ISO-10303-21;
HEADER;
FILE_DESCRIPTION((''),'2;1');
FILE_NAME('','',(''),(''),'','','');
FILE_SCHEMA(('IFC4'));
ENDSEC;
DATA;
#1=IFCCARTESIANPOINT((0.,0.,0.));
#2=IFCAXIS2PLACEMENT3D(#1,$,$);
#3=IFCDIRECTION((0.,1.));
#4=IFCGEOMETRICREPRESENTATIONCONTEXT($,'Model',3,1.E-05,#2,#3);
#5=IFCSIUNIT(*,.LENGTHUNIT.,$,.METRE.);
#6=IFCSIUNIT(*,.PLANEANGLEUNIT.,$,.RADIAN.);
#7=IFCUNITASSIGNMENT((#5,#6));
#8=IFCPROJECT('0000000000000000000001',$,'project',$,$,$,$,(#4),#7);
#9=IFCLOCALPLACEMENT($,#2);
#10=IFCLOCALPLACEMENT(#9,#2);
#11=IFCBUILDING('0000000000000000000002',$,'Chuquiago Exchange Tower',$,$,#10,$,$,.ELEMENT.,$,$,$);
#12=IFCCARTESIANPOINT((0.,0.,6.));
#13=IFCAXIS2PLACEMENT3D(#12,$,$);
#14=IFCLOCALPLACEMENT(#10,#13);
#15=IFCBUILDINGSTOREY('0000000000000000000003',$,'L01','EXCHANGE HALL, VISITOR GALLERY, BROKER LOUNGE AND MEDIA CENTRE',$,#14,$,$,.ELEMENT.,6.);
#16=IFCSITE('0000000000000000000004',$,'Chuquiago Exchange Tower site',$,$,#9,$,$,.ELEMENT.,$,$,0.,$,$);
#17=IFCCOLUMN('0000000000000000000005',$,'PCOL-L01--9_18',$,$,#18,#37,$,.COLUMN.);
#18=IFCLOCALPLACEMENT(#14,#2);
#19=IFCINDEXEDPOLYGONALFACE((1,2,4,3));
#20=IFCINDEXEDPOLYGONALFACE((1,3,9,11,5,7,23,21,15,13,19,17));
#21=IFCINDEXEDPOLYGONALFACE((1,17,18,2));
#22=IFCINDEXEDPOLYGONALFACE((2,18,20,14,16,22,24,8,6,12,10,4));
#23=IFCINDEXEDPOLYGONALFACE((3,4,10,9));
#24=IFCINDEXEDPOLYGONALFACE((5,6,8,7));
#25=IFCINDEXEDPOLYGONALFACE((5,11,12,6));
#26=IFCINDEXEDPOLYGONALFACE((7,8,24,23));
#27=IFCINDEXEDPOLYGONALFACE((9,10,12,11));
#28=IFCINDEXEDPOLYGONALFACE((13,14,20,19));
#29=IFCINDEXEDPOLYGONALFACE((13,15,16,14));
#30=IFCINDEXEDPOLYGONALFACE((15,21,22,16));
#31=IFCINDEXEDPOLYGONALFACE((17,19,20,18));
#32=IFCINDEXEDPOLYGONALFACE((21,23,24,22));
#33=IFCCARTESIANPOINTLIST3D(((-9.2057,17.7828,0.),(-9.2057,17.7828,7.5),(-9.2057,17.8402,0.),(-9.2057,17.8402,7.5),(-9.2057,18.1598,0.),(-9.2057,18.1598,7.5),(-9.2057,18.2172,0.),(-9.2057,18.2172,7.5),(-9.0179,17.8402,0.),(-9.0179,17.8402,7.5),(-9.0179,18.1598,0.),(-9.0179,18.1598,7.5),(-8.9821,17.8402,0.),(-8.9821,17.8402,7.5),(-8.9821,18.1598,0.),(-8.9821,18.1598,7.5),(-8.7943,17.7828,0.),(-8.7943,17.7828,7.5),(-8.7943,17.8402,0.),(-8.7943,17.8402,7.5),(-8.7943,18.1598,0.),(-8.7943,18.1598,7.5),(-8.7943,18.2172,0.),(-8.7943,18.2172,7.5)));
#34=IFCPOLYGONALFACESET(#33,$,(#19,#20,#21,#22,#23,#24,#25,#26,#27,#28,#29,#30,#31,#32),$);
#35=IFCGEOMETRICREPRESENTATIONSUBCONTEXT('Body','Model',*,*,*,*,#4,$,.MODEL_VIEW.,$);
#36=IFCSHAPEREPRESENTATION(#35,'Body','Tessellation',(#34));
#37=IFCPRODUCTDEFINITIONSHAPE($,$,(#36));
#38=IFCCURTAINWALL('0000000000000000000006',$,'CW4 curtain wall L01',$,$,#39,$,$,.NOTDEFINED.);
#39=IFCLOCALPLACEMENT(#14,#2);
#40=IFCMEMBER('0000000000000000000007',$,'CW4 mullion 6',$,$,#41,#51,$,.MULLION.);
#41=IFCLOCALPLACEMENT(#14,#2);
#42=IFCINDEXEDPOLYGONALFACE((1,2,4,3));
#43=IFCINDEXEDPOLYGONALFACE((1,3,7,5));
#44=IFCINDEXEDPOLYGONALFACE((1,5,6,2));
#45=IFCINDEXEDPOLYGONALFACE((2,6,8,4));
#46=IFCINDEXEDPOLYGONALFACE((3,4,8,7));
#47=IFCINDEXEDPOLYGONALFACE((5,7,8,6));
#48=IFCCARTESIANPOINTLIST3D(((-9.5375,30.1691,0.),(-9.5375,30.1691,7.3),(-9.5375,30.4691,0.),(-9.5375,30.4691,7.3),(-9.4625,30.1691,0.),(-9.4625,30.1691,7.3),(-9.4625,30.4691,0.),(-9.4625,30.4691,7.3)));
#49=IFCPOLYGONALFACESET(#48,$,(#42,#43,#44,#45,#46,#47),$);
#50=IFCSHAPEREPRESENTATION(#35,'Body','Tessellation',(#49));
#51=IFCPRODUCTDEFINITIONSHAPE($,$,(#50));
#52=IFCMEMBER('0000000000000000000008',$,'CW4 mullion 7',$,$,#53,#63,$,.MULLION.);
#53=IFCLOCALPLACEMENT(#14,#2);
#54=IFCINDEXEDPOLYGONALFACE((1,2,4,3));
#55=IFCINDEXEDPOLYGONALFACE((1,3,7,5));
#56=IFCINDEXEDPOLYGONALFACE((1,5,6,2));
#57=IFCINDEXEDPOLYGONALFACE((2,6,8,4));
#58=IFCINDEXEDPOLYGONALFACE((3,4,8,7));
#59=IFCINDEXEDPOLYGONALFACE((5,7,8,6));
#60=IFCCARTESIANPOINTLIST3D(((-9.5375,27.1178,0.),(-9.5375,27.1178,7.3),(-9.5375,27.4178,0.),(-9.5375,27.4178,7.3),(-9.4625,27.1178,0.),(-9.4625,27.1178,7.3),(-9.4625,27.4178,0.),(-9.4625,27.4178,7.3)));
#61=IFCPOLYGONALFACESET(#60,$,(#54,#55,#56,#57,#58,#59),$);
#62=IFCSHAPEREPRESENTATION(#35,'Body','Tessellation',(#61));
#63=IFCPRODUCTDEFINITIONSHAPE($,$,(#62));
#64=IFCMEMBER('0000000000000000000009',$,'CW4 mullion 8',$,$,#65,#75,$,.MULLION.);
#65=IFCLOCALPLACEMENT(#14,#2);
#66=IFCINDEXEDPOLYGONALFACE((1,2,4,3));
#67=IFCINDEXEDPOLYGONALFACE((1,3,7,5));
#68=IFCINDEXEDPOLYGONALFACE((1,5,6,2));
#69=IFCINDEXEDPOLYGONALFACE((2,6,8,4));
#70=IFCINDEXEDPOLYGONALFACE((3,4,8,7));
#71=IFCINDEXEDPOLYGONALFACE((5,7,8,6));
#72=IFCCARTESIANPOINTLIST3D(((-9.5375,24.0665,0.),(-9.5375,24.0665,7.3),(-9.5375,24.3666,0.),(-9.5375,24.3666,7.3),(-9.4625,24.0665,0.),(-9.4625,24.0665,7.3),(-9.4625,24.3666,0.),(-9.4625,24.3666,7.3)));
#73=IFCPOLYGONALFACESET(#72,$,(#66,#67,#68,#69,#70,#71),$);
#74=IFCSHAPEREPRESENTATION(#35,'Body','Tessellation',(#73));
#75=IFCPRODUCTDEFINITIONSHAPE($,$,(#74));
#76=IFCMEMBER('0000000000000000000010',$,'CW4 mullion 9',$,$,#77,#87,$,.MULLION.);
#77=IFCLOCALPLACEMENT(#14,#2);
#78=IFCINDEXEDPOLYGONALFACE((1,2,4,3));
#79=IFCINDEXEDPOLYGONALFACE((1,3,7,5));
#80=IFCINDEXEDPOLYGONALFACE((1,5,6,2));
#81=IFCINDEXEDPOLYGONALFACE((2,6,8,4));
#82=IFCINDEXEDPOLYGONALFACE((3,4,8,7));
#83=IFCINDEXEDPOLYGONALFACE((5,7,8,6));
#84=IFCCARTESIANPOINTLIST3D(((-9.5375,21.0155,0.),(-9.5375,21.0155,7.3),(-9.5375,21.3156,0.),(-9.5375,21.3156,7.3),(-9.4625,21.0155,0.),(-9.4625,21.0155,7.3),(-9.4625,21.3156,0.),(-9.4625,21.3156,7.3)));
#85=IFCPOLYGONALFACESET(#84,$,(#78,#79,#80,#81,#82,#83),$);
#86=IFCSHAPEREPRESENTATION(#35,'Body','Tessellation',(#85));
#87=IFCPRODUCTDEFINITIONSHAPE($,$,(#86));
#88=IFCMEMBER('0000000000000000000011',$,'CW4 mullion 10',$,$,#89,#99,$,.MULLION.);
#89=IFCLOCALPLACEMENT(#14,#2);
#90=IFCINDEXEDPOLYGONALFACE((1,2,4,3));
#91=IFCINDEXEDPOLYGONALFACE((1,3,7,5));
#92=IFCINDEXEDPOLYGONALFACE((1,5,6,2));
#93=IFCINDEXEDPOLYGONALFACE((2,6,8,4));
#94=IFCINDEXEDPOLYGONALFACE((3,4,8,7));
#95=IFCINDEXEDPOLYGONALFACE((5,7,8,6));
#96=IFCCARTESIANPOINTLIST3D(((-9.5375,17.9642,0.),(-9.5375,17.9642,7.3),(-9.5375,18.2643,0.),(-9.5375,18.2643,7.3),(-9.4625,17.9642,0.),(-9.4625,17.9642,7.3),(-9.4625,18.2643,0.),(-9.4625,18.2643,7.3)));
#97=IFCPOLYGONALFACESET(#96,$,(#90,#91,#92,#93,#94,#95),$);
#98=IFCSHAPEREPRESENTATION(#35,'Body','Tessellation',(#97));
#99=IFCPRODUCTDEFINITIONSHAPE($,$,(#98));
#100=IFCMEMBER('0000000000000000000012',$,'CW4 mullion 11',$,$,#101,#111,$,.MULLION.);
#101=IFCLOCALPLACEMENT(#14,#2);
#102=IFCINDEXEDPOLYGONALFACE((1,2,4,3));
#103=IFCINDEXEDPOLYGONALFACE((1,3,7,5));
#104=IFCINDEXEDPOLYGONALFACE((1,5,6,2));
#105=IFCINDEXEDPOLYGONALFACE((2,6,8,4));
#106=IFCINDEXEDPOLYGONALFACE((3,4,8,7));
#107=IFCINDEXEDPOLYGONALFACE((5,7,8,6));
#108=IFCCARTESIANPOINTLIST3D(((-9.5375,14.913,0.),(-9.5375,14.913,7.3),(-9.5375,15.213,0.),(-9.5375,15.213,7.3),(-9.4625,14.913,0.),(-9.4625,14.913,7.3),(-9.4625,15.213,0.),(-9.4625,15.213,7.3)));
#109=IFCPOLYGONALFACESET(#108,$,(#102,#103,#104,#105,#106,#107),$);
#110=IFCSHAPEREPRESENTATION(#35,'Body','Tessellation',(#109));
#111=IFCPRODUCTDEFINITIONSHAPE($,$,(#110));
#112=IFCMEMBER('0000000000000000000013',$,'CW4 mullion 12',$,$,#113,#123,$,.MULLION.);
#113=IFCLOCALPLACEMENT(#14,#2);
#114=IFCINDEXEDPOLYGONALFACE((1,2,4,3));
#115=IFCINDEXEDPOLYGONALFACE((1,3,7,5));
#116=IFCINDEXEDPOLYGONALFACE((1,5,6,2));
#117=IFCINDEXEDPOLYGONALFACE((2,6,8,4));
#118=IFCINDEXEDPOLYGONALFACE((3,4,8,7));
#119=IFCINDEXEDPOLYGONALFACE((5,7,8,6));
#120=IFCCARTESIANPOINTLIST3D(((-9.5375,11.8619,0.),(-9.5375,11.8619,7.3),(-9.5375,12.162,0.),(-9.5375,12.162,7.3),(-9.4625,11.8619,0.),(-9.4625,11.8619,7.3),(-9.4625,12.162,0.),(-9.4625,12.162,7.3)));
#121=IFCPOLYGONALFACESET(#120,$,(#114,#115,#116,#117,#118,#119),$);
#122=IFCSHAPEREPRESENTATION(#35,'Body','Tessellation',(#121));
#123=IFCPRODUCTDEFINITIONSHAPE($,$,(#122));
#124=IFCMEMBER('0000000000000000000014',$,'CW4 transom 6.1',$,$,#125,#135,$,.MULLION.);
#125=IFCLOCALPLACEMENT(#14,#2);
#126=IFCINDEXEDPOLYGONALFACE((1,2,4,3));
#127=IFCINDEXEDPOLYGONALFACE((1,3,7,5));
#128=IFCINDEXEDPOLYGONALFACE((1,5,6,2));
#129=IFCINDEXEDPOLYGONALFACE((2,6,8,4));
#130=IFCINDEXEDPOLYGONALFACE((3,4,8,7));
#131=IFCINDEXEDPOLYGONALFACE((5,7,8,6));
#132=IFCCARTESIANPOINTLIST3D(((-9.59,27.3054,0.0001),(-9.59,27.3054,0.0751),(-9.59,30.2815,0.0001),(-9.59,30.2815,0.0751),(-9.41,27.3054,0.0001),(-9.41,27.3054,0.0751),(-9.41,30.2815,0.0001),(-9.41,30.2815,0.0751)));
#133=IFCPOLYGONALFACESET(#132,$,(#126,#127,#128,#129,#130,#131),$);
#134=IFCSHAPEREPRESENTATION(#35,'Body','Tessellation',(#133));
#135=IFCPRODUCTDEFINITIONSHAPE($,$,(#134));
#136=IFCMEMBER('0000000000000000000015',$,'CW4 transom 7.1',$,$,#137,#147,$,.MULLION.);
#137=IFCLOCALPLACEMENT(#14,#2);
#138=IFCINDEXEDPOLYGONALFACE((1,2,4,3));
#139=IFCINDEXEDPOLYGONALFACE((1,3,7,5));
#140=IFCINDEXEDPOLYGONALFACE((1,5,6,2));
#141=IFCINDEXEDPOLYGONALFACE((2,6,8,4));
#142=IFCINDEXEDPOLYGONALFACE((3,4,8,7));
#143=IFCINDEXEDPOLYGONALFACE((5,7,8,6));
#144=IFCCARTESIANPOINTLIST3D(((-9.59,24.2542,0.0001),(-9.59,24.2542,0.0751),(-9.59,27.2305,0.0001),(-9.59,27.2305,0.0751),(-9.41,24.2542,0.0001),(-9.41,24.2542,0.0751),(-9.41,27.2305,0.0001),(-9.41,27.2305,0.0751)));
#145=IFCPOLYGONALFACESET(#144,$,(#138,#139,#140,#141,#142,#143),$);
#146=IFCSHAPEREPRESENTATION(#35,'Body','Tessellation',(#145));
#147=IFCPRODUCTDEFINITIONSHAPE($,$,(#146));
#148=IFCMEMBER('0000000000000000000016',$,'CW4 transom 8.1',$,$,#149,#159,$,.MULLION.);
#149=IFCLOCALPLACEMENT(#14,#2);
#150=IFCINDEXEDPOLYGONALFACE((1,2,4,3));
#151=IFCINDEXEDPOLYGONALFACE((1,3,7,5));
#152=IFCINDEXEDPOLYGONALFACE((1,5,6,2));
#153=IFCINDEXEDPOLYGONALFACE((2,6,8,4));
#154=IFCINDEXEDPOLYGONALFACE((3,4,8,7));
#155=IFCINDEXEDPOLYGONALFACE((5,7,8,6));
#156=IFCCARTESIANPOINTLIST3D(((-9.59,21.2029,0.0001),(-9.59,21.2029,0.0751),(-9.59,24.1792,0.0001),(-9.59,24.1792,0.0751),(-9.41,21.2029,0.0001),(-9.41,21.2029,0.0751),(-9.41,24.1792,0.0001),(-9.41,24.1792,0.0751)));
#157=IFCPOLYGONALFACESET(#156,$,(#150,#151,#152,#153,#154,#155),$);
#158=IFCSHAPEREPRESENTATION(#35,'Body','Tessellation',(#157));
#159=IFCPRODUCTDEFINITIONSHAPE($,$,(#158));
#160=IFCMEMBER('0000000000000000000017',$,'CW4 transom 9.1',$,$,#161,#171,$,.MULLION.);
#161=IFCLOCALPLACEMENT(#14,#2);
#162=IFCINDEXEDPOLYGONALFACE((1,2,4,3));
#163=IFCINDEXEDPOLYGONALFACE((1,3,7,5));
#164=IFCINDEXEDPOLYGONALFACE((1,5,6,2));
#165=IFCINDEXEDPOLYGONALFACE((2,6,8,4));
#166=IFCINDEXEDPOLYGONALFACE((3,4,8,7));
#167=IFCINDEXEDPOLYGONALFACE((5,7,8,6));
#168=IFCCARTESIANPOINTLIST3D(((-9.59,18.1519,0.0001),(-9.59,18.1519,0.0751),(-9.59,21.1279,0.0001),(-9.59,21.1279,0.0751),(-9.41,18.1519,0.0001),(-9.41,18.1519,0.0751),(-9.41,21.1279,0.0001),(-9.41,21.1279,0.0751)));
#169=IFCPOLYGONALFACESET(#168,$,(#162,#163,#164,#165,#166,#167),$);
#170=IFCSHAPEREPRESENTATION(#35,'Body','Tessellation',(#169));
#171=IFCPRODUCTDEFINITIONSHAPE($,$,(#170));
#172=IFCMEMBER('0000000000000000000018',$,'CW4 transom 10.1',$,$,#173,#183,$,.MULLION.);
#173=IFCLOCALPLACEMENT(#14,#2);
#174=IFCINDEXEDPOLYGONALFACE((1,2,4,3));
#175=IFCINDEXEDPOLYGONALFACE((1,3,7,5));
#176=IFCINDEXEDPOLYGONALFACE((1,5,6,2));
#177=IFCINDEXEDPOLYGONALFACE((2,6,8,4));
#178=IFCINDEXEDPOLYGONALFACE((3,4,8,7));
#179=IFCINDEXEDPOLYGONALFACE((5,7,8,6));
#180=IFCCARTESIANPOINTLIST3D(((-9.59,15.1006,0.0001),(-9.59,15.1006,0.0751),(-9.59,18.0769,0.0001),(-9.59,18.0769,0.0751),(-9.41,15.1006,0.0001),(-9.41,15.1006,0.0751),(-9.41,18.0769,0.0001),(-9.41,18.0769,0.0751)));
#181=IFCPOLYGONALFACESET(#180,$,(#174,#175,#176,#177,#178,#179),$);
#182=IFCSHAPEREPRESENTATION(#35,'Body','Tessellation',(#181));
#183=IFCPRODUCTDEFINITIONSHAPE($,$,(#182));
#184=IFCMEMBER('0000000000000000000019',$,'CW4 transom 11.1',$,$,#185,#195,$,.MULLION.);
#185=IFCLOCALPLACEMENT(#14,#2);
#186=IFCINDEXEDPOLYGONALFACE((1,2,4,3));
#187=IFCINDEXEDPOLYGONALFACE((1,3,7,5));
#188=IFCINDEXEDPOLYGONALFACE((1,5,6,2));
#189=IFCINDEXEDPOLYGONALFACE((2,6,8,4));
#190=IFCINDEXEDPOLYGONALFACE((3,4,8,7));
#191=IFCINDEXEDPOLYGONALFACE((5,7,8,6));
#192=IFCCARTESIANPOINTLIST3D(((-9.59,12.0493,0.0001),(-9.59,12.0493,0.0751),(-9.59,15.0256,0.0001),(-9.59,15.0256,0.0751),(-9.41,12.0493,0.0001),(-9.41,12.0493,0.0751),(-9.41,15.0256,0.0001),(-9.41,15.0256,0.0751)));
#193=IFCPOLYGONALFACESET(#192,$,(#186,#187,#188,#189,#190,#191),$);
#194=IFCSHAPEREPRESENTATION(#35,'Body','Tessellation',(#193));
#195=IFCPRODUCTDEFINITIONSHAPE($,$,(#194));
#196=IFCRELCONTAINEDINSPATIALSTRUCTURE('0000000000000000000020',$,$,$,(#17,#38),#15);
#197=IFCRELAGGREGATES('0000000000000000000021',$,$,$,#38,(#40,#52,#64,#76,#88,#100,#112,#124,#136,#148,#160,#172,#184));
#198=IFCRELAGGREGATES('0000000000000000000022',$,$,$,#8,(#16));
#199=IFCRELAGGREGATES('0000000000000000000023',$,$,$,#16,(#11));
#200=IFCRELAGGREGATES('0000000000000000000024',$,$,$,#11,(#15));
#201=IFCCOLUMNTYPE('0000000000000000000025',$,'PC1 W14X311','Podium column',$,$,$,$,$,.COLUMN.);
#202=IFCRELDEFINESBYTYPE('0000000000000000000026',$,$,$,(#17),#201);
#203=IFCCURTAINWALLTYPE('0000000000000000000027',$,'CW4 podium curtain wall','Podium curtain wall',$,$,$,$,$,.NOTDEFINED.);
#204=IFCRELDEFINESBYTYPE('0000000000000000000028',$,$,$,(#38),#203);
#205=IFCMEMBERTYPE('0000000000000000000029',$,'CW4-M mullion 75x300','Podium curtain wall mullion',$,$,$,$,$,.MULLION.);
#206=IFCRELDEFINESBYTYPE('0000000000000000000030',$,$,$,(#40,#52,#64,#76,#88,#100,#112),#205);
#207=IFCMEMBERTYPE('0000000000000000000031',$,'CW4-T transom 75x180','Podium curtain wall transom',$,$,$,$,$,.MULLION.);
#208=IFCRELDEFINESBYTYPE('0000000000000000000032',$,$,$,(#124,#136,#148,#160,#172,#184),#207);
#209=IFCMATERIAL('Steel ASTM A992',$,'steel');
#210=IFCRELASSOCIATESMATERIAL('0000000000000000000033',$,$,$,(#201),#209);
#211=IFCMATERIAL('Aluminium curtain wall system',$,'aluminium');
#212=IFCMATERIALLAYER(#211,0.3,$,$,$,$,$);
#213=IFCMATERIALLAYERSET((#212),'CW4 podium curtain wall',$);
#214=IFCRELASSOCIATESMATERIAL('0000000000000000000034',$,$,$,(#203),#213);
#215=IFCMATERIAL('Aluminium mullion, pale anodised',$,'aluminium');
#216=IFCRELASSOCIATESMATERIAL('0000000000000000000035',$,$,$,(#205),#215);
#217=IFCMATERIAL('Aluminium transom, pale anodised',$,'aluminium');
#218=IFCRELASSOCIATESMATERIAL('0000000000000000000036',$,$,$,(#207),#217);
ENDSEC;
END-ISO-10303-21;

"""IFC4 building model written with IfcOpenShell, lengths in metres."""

from ifc_helpers import new_model, si_unit, direction, frame, origin, origin_2d, place, context, subcontext, project, spatial, rectangle, i_section, extrude, material, layer, layer_set, material_profile, profile_set, type_object, element, aggregate, save


model = new_model("IFC4")

# Units and contexts
model_context = context("Model", 3, precision=1e-05, world=origin(), true_north=direction((0.0, 1.0)))
body_context = subcontext(model_context, "Body", "Model", "MODEL_VIEW")
ifc_project = project(units=[si_unit("LENGTHUNIT", "METRE"), si_unit("PLANEANGLEUNIT", "RADIAN")], contexts=[model_context])

# Site, building, storey
site_placement = place(None, origin())
site = spatial("IfcSite", under=ifc_project, at=site_placement, Name="Chuquiago Exchange Tower site", CompositionType="ELEMENT", RefElevation=0.0)
building_placement = place(site_placement, origin())
building = spatial("IfcBuilding", under=site, at=building_placement, Name="Chuquiago Exchange Tower", CompositionType="ELEMENT")
storey_placement = place(building_placement, frame((0.0, 0.0, 6.0)))
storey = spatial("IfcBuildingStorey", under=building, at=storey_placement, Name="L01", Description="EXCHANGE HALL, VISITOR GALLERY, BROKER LOUNGE AND MEDIA CENTRE", CompositionType="ELEMENT", Elevation=6.0)

# Column
ifc_material_1 = material(Name="Steel ASTM A992", Category="steel")
ifc_material_profile_1 = material_profile(ifc_material_1, i_section(OverallWidth=0.4114, OverallDepth=0.4343, WebThickness=0.0359, FlangeThickness=0.0574, at=origin_2d()), Name="W14X311")
ifc_profile_set_1 = profile_set([ifc_material_profile_1], Name="Steel ASTM A992")
column_type = type_object("IfcColumnType", Name="PC1 W14X311", Description="Podium column", PredefinedType="COLUMN", material=ifc_profile_set_1)
column_placement = place(storey_placement, frame((-9.0, 18.0, 0.0), z_axis=(0.0, 0.0, 1.0), x_axis=(1.0, 0.0, 0.0)))
element("IfcColumn", 1, at=column_placement, inside=storey, type_object=column_type, Name="PCOL-L01--9_18", PredefinedType="COLUMN", context=body_context, shape_type="SweptSolid", body=[
    extrude(i_section(OverallWidth=0.4114, OverallDepth=0.4343, WebThickness=0.0359, FlangeThickness=0.0574, at=origin_2d()), origin(), (0.0, 0.0, 1.0), 7.5),
])

# Curtain wall, members
ifc_material_2 = material(Name="Aluminium curtain wall system", Category="aluminium")
ifc_layer_1 = layer(ifc_material_2, 0.3)
ifc_layer_set_1 = layer_set([ifc_layer_1], Name="CW4 podium curtain wall")
curtain_wall_type = type_object("IfcCurtainWallType", Name="CW4 podium curtain wall", Description="Podium curtain wall", PredefinedType="NOTDEFINED", material=ifc_layer_set_1)
curtain_wall_placement = place(storey_placement, origin())
curtain_wall = element("IfcCurtainWall", 2, at=curtain_wall_placement, inside=storey, type_object=curtain_wall_type, Name="CW4 curtain wall L01", PredefinedType="NOTDEFINED")
ifc_material_3 = material(Name="Aluminium mullion, pale anodised", Category="aluminium")
ifc_material_profile_2 = material_profile(ifc_material_3, rectangle(XDim=0.075, YDim=0.3, at=origin_2d()), Name="AL 75x300")
ifc_profile_set_2 = profile_set([ifc_material_profile_2], Name="Aluminium mullion, pale anodised")
member_type_1 = type_object("IfcMemberType", Name="CW4-M mullion 75x300", Description="Podium curtain wall mullion", PredefinedType="MULLION", material=ifc_profile_set_2)
member_1_placement = place(storey_placement, frame((-9.5, 30.3191, 0.0), z_axis=(0.0, 0.0, 1.0), x_axis=(1.0, 0.0, 0.0)))
member_1 = element("IfcMember", 3, at=member_1_placement, type_object=member_type_1, Name="CW4 mullion 6", PredefinedType="MULLION", context=body_context, shape_type="SweptSolid", body=[
    extrude(rectangle(XDim=0.075, YDim=0.3, at=origin_2d()), origin(), (0.0, 0.0, 1.0), 7.3),
])
member_2_placement = place(storey_placement, frame((-9.5, 27.2678, 0.0), z_axis=(0.0, 0.0, 1.0), x_axis=(1.0, 0.0, 0.0)))
member_2 = element("IfcMember", 4, at=member_2_placement, type_object=member_type_1, Name="CW4 mullion 7", PredefinedType="MULLION", context=body_context, shape_type="SweptSolid", body=[
    extrude(rectangle(XDim=0.075, YDim=0.3, at=origin_2d()), origin(), (0.0, 0.0, 1.0), 7.3),
])
member_3_placement = place(storey_placement, frame((-9.5, 24.2166, 0.0), z_axis=(0.0, 0.0, 1.0), x_axis=(1.0, 0.0, 0.0)))
member_3 = element("IfcMember", 5, at=member_3_placement, type_object=member_type_1, Name="CW4 mullion 8", PredefinedType="MULLION", context=body_context, shape_type="SweptSolid", body=[
    extrude(rectangle(XDim=0.075, YDim=0.3, at=origin_2d()), origin(), (0.0, 0.0, 1.0), 7.3),
])
member_4_placement = place(storey_placement, frame((-9.5, 21.1655, 0.0), z_axis=(0.0, 0.0, 1.0), x_axis=(1.0, 0.0, 0.0)))
member_4 = element("IfcMember", 6, at=member_4_placement, type_object=member_type_1, Name="CW4 mullion 9", PredefinedType="MULLION", context=body_context, shape_type="SweptSolid", body=[
    extrude(rectangle(XDim=0.075, YDim=0.3, at=origin_2d()), origin(), (0.0, 0.0, 1.0), 7.3),
])
member_5_placement = place(storey_placement, frame((-9.5, 18.1143, 0.0), z_axis=(0.0, 0.0, 1.0), x_axis=(1.0, 0.0, 0.0)))
member_5 = element("IfcMember", 7, at=member_5_placement, type_object=member_type_1, Name="CW4 mullion 10", PredefinedType="MULLION", context=body_context, shape_type="SweptSolid", body=[
    extrude(rectangle(XDim=0.075, YDim=0.3, at=origin_2d()), origin(), (0.0, 0.0, 1.0), 7.3),
])
member_6_placement = place(storey_placement, frame((-9.5, 15.063, 0.0), z_axis=(0.0, 0.0, 1.0), x_axis=(1.0, 0.0, 0.0)))
member_6 = element("IfcMember", 8, at=member_6_placement, type_object=member_type_1, Name="CW4 mullion 11", PredefinedType="MULLION", context=body_context, shape_type="SweptSolid", body=[
    extrude(rectangle(XDim=0.075, YDim=0.3, at=origin_2d()), origin(), (0.0, 0.0, 1.0), 7.3),
])
member_7_placement = place(storey_placement, frame((-9.5, 12.012, 0.0), z_axis=(0.0, 0.0, 1.0), x_axis=(1.0, 0.0, 0.0)))
member_7 = element("IfcMember", 9, at=member_7_placement, type_object=member_type_1, Name="CW4 mullion 12", PredefinedType="MULLION", context=body_context, shape_type="SweptSolid", body=[
    extrude(rectangle(XDim=0.075, YDim=0.3, at=origin_2d()), origin(), (0.0, 0.0, 1.0), 7.3),
])
ifc_material_4 = material(Name="Aluminium transom, pale anodised", Category="aluminium")
ifc_material_profile_3 = material_profile(ifc_material_4, rectangle(XDim=0.1799, YDim=0.075, at=origin_2d()), Name="AL 180x75")
ifc_profile_set_3 = profile_set([ifc_material_profile_3], Name="Aluminium transom, pale anodised")
member_type_2 = type_object("IfcMemberType", Name="CW4-T transom 75x180", Description="Podium curtain wall transom", PredefinedType="MULLION", material=ifc_profile_set_3)
member_8_placement = place(storey_placement, frame((-9.5, 30.2815, 0.0376), z_axis=(0.0, -1.0, 0.0), x_axis=(1.0, 0.0, 0.0)))
member_8 = element("IfcMember", 10, at=member_8_placement, type_object=member_type_2, Name="CW4 transom 6.1", PredefinedType="MULLION", context=body_context, shape_type="SweptSolid", body=[
    extrude(rectangle(XDim=0.1799, YDim=0.075, at=origin_2d()), origin(), (0.0, 0.0, 1.0), 2.9761),
])
member_9_placement = place(storey_placement, frame((-9.5, 27.2305, 0.0376), z_axis=(0.0, -1.0, 0.0), x_axis=(1.0, 0.0, 0.0)))
member_9 = element("IfcMember", 11, at=member_9_placement, type_object=member_type_2, Name="CW4 transom 7.1", PredefinedType="MULLION", context=body_context, shape_type="SweptSolid", body=[
    extrude(rectangle(XDim=0.1799, YDim=0.075, at=origin_2d()), origin(), (0.0, 0.0, 1.0), 2.9763),
])
member_10_placement = place(storey_placement, frame((-9.5, 24.1792, 0.0376), z_axis=(0.0, -1.0, 0.0), x_axis=(1.0, 0.0, 0.0)))
member_10 = element("IfcMember", 12, at=member_10_placement, type_object=member_type_2, Name="CW4 transom 8.1", PredefinedType="MULLION", context=body_context, shape_type="SweptSolid", body=[
    extrude(rectangle(XDim=0.1799, YDim=0.075, at=origin_2d()), origin(), (0.0, 0.0, 1.0), 2.9763),
])
member_11_placement = place(storey_placement, frame((-9.5, 21.1279, 0.0376), z_axis=(0.0, -1.0, 0.0), x_axis=(1.0, 0.0, 0.0)))
member_11 = element("IfcMember", 13, at=member_11_placement, type_object=member_type_2, Name="CW4 transom 9.1", PredefinedType="MULLION", context=body_context, shape_type="SweptSolid", body=[
    extrude(rectangle(XDim=0.1799, YDim=0.075, at=origin_2d()), origin(), (0.0, 0.0, 1.0), 2.9761),
])
member_12_placement = place(storey_placement, frame((-9.5, 18.0769, 0.0376), z_axis=(0.0, -1.0, 0.0), x_axis=(1.0, 0.0, 0.0)))
member_12 = element("IfcMember", 14, at=member_12_placement, type_object=member_type_2, Name="CW4 transom 10.1", PredefinedType="MULLION", context=body_context, shape_type="SweptSolid", body=[
    extrude(rectangle(XDim=0.1799, YDim=0.075, at=origin_2d()), origin(), (0.0, 0.0, 1.0), 2.9763),
])
member_13_placement = place(storey_placement, frame((-9.5, 15.0256, 0.0376), z_axis=(0.0, -1.0, 0.0), x_axis=(1.0, 0.0, 0.0)))
member_13 = element("IfcMember", 15, at=member_13_placement, type_object=member_type_2, Name="CW4 transom 11.1", PredefinedType="MULLION", context=body_context, shape_type="SweptSolid", body=[
    extrude(rectangle(XDim=0.1799, YDim=0.075, at=origin_2d()), origin(), (0.0, 0.0, 1.0), 2.9763),
])

aggregate(curtain_wall, [member_1, member_2, member_3, member_4, member_5, member_6, member_7, member_8, member_9, member_10, member_11, member_12, member_13])

save(model, "model.ifc")
